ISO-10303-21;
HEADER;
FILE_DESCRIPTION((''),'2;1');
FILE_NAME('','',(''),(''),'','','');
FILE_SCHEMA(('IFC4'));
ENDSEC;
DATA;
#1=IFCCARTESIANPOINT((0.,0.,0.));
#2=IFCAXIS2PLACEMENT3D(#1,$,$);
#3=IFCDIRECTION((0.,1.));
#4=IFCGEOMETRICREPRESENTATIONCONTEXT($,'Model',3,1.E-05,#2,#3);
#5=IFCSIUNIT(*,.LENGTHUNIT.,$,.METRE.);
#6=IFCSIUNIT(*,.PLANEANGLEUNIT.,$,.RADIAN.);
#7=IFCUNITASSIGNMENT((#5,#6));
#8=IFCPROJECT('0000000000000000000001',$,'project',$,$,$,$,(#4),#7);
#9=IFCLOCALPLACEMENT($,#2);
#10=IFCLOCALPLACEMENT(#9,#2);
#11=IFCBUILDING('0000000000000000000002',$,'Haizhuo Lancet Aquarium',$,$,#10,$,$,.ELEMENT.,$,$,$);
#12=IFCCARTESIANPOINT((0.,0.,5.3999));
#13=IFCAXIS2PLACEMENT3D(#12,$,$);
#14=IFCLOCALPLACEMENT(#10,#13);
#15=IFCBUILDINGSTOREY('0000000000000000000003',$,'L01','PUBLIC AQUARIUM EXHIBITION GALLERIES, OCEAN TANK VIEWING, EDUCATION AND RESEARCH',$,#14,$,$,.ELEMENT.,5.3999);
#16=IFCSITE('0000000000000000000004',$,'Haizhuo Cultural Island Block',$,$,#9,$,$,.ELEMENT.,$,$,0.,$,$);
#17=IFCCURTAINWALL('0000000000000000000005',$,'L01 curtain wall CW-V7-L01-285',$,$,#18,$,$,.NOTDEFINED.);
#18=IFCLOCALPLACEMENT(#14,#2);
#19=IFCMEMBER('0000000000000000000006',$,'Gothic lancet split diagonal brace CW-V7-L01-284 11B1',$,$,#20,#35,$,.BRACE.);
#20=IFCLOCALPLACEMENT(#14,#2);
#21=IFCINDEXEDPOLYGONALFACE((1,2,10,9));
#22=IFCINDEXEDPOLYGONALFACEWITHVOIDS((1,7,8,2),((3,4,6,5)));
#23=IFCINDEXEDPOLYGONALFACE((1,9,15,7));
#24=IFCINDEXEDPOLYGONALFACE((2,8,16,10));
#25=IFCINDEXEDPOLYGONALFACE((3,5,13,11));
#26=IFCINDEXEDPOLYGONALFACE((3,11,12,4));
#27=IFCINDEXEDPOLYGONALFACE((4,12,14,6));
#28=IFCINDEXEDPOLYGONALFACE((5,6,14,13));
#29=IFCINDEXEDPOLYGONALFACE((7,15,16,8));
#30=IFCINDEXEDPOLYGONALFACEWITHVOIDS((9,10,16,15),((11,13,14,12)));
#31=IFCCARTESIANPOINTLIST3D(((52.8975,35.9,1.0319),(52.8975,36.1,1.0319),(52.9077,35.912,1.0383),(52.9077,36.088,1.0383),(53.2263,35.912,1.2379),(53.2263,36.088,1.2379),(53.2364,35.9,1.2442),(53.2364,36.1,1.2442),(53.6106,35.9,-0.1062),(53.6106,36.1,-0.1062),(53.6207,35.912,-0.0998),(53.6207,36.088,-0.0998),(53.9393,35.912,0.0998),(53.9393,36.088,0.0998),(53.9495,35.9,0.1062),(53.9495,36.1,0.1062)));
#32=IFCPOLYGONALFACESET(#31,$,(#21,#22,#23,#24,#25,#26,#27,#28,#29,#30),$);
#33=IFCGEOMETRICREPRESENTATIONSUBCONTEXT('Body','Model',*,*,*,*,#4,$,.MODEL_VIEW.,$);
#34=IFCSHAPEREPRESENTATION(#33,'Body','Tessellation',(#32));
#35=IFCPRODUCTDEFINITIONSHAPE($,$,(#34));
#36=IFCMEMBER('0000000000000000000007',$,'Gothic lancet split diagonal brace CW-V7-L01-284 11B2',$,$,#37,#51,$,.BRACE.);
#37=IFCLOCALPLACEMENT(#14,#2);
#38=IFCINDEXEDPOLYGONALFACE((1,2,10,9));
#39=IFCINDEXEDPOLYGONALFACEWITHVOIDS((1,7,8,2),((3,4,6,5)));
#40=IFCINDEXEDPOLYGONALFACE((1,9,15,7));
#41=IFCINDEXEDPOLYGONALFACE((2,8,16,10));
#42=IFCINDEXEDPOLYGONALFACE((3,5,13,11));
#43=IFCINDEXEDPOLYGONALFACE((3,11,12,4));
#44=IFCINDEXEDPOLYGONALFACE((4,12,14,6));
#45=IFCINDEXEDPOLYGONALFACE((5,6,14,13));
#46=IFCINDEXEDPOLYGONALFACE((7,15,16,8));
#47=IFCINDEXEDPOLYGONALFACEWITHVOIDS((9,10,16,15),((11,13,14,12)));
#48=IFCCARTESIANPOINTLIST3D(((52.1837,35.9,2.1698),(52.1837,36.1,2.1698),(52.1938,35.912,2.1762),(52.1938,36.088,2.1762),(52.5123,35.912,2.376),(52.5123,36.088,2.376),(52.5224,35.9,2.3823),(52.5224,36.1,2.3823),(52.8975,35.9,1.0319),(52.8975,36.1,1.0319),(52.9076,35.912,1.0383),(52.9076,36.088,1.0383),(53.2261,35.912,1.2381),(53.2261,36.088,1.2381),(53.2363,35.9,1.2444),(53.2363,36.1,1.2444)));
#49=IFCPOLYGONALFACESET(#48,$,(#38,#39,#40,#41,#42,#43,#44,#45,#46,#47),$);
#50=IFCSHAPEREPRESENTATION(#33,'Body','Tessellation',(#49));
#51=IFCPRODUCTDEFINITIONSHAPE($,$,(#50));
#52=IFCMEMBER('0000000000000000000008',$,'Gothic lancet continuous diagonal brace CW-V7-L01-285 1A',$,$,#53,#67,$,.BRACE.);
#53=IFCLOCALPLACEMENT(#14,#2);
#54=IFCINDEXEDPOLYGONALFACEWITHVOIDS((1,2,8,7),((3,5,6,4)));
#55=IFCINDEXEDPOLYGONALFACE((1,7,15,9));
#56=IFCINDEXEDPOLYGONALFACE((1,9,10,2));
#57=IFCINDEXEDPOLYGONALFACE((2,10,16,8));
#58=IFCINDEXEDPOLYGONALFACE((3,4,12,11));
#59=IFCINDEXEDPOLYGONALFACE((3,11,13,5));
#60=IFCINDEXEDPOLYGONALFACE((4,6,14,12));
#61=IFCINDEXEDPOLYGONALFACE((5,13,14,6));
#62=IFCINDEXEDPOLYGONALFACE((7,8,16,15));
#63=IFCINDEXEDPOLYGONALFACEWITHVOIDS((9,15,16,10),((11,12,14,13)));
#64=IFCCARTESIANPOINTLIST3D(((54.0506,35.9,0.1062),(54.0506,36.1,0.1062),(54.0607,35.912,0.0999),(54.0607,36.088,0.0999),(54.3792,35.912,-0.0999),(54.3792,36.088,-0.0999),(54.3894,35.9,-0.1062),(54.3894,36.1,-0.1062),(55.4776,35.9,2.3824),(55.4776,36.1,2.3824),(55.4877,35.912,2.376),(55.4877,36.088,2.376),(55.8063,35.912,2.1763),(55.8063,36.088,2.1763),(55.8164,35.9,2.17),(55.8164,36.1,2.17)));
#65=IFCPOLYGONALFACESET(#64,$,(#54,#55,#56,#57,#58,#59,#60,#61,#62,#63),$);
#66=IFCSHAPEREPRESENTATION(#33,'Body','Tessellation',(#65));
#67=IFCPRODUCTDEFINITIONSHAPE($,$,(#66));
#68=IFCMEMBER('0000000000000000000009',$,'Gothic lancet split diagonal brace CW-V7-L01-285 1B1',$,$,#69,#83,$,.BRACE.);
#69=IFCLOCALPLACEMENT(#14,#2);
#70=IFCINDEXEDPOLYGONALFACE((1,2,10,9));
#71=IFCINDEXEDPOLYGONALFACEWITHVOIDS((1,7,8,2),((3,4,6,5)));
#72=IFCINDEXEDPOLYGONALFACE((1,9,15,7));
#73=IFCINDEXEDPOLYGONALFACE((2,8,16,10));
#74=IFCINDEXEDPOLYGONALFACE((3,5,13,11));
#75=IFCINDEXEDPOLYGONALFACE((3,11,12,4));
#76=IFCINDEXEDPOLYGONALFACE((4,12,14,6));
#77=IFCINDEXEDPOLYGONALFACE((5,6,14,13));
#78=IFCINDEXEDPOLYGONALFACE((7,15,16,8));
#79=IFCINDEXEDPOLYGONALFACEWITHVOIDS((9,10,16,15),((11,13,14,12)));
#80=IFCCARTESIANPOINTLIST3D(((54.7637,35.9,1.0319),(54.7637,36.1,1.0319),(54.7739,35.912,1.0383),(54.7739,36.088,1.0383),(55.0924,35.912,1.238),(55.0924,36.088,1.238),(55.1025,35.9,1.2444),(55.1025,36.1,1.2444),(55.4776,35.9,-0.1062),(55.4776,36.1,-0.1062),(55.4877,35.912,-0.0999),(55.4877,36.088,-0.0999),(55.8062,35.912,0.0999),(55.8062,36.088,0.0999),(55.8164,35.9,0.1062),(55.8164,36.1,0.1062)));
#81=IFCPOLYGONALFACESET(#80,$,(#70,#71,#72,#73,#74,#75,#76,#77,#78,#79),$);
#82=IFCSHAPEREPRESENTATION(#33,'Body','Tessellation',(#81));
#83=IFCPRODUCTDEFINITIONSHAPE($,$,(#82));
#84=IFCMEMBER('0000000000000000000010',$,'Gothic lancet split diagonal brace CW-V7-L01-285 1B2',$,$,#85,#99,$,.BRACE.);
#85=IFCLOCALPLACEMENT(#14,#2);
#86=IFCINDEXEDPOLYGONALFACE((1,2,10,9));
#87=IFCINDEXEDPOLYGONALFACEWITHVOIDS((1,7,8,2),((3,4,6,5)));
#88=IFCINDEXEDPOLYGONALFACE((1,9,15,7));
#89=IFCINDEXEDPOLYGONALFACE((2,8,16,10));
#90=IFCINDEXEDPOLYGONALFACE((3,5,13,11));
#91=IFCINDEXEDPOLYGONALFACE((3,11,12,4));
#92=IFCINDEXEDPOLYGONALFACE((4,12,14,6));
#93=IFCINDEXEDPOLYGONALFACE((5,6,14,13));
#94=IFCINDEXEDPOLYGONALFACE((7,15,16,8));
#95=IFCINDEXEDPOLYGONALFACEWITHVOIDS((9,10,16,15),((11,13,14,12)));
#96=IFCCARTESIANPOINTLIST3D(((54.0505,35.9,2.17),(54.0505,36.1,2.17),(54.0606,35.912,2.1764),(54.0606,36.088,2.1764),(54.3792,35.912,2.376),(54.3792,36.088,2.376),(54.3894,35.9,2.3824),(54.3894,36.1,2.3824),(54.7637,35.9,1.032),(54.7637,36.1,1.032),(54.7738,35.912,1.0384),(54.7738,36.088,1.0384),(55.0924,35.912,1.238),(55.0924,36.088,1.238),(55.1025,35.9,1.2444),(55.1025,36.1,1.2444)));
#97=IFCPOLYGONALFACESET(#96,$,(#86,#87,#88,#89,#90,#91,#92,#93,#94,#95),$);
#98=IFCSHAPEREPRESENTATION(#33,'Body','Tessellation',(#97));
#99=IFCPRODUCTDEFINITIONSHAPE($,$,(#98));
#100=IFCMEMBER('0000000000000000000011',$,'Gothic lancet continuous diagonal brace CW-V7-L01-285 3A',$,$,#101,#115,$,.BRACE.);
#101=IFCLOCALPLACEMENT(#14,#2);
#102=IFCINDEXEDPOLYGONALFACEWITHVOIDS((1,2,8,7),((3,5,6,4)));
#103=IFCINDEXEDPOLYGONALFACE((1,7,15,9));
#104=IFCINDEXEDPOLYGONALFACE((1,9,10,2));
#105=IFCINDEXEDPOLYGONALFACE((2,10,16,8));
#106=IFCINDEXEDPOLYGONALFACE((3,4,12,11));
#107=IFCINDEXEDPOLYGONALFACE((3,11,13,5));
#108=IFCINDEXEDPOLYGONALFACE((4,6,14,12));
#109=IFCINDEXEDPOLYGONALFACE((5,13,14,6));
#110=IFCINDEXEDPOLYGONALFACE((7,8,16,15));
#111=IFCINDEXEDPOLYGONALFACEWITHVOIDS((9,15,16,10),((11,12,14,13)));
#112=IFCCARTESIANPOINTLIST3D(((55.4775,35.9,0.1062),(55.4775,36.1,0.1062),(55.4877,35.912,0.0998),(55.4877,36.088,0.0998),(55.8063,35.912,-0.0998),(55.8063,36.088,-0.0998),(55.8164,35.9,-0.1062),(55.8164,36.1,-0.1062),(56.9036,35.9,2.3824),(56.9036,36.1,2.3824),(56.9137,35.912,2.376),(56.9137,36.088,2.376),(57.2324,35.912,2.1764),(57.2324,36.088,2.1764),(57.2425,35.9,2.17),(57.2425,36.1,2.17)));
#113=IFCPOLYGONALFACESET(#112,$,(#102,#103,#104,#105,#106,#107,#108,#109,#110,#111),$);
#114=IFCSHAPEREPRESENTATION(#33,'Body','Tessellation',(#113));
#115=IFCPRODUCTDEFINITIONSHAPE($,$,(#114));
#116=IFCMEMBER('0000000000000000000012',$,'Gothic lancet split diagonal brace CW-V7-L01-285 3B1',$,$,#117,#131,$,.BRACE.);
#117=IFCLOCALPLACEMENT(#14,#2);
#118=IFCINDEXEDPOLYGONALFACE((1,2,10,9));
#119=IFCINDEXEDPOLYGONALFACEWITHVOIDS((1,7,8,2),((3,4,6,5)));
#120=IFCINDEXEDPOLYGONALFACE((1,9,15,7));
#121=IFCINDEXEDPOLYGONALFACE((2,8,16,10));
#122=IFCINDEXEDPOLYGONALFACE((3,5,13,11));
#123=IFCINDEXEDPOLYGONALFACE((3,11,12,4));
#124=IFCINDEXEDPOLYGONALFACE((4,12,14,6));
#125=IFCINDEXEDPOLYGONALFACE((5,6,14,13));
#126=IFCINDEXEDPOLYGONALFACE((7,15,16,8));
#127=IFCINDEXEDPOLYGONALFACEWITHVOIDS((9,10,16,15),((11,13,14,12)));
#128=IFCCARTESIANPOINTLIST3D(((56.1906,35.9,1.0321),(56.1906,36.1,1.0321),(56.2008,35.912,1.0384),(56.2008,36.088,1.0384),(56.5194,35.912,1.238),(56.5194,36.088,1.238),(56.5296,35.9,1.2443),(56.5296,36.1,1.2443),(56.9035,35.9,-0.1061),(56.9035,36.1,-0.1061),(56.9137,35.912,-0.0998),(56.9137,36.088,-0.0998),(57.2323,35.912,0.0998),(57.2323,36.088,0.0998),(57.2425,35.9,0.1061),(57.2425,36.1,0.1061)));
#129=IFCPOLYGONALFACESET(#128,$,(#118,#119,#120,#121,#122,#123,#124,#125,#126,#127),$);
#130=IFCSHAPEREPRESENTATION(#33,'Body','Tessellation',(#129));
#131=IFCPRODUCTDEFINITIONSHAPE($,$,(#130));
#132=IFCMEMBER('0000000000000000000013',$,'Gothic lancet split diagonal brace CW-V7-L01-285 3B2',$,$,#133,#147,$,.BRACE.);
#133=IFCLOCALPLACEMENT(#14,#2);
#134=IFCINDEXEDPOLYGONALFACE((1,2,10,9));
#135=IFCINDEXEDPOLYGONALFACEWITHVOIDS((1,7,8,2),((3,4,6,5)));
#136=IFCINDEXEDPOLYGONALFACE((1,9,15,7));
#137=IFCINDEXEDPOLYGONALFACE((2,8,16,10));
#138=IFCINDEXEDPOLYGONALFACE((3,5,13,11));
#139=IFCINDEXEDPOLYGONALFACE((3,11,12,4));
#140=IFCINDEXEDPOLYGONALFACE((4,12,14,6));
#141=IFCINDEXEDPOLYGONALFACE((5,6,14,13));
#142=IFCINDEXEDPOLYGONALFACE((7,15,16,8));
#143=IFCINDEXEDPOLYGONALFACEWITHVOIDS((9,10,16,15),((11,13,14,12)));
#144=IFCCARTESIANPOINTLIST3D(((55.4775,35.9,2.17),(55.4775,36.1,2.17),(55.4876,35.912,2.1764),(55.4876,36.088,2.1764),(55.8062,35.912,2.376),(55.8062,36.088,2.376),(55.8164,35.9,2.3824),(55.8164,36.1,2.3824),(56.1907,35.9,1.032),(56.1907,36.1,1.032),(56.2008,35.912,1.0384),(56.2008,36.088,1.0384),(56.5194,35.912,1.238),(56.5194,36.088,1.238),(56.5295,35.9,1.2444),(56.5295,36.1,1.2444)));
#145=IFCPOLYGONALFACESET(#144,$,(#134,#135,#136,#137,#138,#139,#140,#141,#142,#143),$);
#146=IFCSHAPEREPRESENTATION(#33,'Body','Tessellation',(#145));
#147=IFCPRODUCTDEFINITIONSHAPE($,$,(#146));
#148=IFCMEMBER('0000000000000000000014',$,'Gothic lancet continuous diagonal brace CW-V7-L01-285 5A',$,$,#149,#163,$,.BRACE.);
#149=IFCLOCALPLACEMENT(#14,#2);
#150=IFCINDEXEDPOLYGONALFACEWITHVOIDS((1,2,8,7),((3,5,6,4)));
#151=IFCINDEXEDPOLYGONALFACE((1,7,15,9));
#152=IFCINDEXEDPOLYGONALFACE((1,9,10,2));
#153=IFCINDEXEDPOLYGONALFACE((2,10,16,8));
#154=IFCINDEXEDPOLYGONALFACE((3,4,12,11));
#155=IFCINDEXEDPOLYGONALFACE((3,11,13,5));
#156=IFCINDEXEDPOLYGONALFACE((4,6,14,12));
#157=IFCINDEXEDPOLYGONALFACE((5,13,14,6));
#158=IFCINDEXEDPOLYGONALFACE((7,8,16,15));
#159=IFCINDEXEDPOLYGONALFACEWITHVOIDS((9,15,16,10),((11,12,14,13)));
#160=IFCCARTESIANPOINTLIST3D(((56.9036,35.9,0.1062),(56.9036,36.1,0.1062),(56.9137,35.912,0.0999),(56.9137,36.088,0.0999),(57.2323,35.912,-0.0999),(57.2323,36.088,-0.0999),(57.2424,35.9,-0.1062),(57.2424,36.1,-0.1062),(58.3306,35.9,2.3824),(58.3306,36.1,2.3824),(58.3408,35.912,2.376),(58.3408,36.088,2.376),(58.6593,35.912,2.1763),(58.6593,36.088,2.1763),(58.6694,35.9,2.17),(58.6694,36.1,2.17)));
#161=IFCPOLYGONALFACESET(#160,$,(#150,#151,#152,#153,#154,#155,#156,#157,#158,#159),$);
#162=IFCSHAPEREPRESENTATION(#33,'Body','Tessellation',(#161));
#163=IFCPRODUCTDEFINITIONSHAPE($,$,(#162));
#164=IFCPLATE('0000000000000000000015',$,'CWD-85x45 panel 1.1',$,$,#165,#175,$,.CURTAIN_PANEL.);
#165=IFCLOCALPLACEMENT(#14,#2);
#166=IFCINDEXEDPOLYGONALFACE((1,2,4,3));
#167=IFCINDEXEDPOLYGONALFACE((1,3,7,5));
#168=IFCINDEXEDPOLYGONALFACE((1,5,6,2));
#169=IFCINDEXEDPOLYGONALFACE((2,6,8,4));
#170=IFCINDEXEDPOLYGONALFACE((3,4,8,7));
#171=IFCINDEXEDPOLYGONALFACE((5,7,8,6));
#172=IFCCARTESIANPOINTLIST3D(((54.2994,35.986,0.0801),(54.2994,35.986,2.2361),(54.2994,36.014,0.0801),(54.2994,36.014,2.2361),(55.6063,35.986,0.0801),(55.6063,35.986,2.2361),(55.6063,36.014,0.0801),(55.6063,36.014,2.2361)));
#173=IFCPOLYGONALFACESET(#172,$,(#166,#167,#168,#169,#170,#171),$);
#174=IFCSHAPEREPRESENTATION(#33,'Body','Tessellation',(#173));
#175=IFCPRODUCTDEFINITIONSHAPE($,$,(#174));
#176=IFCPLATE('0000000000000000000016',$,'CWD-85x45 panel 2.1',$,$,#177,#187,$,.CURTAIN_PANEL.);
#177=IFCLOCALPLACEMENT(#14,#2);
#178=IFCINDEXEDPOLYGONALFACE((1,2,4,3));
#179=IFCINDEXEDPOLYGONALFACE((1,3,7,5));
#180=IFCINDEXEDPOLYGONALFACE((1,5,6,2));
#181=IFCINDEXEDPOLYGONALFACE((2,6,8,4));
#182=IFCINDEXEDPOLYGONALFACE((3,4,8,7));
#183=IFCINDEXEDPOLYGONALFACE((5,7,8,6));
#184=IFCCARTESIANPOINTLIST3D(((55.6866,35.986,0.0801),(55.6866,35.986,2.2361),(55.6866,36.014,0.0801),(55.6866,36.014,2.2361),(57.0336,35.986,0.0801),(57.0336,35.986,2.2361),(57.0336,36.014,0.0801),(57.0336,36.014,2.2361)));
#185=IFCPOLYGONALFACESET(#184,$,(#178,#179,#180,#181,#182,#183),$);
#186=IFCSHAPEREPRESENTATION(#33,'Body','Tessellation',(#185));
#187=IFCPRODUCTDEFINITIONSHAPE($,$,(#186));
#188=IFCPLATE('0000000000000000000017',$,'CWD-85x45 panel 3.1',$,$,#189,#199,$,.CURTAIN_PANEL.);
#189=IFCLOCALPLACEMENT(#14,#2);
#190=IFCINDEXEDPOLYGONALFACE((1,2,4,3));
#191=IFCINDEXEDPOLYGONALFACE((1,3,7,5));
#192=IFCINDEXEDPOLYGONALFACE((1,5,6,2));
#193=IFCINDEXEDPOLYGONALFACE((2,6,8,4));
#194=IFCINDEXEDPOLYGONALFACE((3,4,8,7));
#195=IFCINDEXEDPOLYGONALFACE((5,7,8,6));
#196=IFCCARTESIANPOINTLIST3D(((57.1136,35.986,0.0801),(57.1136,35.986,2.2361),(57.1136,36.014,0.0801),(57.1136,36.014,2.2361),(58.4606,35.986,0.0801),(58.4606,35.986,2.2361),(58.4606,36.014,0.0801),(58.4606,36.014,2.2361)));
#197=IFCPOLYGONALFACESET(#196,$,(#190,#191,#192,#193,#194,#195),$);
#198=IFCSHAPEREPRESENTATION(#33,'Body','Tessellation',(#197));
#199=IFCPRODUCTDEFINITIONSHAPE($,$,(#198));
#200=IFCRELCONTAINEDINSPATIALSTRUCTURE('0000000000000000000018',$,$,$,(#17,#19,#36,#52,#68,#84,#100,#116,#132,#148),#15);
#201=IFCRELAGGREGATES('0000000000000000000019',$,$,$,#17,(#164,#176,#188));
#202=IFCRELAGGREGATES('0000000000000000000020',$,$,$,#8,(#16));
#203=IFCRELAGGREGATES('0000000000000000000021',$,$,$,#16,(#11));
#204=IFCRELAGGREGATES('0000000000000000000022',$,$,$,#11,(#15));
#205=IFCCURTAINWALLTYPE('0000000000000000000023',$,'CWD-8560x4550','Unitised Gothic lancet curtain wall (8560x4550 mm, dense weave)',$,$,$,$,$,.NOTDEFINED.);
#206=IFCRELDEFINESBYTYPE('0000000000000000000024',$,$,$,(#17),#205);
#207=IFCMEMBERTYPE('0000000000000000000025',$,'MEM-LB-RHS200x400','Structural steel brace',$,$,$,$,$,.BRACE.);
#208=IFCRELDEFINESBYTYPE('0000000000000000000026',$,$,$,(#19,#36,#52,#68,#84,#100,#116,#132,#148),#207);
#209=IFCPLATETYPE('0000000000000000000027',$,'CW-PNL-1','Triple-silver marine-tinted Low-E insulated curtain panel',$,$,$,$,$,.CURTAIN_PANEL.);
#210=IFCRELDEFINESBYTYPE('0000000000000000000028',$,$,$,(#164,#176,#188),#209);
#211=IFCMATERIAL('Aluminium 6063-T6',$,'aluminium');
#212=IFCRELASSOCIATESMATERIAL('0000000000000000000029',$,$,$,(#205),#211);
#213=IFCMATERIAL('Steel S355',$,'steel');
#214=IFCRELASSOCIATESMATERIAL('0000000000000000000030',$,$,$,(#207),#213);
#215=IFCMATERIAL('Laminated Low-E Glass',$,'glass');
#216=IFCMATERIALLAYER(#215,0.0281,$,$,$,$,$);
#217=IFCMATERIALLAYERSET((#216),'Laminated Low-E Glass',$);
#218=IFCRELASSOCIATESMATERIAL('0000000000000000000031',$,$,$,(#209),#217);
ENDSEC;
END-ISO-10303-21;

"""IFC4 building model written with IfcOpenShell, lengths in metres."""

from ifc_helpers import new_model, si_unit, direction, frame, origin, origin_2d, place, context, subcontext, project, spatial, rectangle, hollow_rectangle, extrude, material, layer, layer_set, material_profile, profile_set, type_object, element, aggregate, save


model = new_model("IFC4")

# Units and contexts
model_context = context("Model", 3, precision=1e-05, world=origin(), true_north=direction((0.0, 1.0)))
body_context = subcontext(model_context, "Body", "Model", "MODEL_VIEW")
ifc_project = project(units=[si_unit("LENGTHUNIT", "METRE"), si_unit("PLANEANGLEUNIT", "RADIAN")], contexts=[model_context])

# Site, building, storey
site_placement = place(None, origin())
site = spatial("IfcSite", under=ifc_project, at=site_placement, Name="Haizhuo Cultural Island Block", CompositionType="ELEMENT", RefElevation=0.0)
building_placement = place(site_placement, origin())
building = spatial("IfcBuilding", under=site, at=building_placement, Name="Haizhuo Lancet Aquarium", CompositionType="ELEMENT")
storey_placement = place(building_placement, frame((0.0, 0.0, 5.3999)))
storey = spatial("IfcBuildingStorey", under=building, at=storey_placement, Name="L01", Description="PUBLIC AQUARIUM EXHIBITION GALLERIES, OCEAN TANK VIEWING, EDUCATION AND RESEARCH", CompositionType="ELEMENT", Elevation=5.3999)

# Shared definitions
ifc_material_1 = material(Name="Steel S355", Category="steel")

# Shared definitions
ifc_material_2 = material(Name="Aluminium 6063-T6", Category="aluminium")
curtain_wall_type = type_object("IfcCurtainWallType", Name="CWD-8560x4550", Description="Unitised Gothic lancet curtain wall (8560x4550 mm, dense weave)", PredefinedType="NOTDEFINED", material=ifc_material_2)

# Curtain wall
curtain_wall_1_placement = place(storey_placement, origin())
curtain_wall_1 = element("IfcCurtainWall", 1, at=curtain_wall_1_placement, inside=storey, type_object=curtain_wall_type, Name="L01 curtain wall CW-V7-L01-285", PredefinedType="NOTDEFINED")

# Members
ifc_material_profile_1 = material_profile(ifc_material_1, hollow_rectangle(XDim=0.2, YDim=0.3999, WallThickness=0.012, at=origin_2d()), Name="RHS 200x400x12")
ifc_profile_set_1 = profile_set([ifc_material_profile_1], Name="Steel S355")
member_type_1 = type_object("IfcMemberType", Name="MEM-LB-RHS200x400", Description="Structural steel brace", PredefinedType="BRACE", material=ifc_profile_set_1)
member_1_placement = place(storey_placement, frame((53.78, 36.0, 0.0), z_axis=(-0.530946, 0.0, 0.847405), x_axis=(0.0, -1.0, 0.0)))
element("IfcMember", 2, at=member_1_placement, inside=storey, type_object=member_type_1, Name="Gothic lancet split diagonal brace CW-V7-L01-284 11B1", PredefinedType="BRACE", context=body_context, shape_type="SweptSolid", body=[
    extrude(hollow_rectangle(XDim=0.2, YDim=0.3999, WallThickness=0.012, at=origin_2d()), origin(), (0.0, 0.0, 1.0), 1.343),
])
member_2_placement = place(storey_placement, frame((53.0669, 36.0, 1.1382), z_axis=(-0.531419, 0.0, 0.847109), x_axis=(0.0, -1.0, 0.0)))
element("IfcMember", 3, at=member_2_placement, inside=storey, type_object=member_type_1, Name="Gothic lancet split diagonal brace CW-V7-L01-284 11B2", PredefinedType="BRACE", context=body_context, shape_type="SweptSolid", body=[
    extrude(hollow_rectangle(XDim=0.2, YDim=0.3999, WallThickness=0.012, at=origin_2d()), origin(), (0.0, 0.0, 1.0), 1.3433),
])
member_3_placement = place(storey_placement, frame((54.22, 36.0, 0.0), z_axis=(0.531183, 0.0, 0.847257), x_axis=(0.0, 1.0, 0.0)))
element("IfcMember", 4, at=member_3_placement, inside=storey, type_object=member_type_1, Name="Gothic lancet continuous diagonal brace CW-V7-L01-285 1A", PredefinedType="BRACE", context=body_context, shape_type="SweptSolid", body=[
    extrude(hollow_rectangle(XDim=0.2, YDim=0.3999, WallThickness=0.012, at=origin_2d()), origin(), (0.0, 0.0, 1.0), 2.6865),
])
member_4_placement = place(storey_placement, frame((55.647, 36.0, 0.0), z_axis=(-0.531338, 0.0, 0.84716), x_axis=(0.0, -1.0, 0.0)))
element("IfcMember", 5, at=member_4_placement, inside=storey, type_object=member_type_1, Name="Gothic lancet split diagonal brace CW-V7-L01-285 1B1", PredefinedType="BRACE", context=body_context, shape_type="SweptSolid", body=[
    extrude(hollow_rectangle(XDim=0.2, YDim=0.3999, WallThickness=0.012, at=origin_2d()), origin(), (0.0, 0.0, 1.0), 1.3435),
])
member_5_placement = place(storey_placement, frame((54.9331, 36.0, 1.1382), z_axis=(-0.531028, 0.0, 0.847354), x_axis=(0.0, -1.0, 0.0)))
element("IfcMember", 6, at=member_5_placement, inside=storey, type_object=member_type_1, Name="Gothic lancet split diagonal brace CW-V7-L01-285 1B2", PredefinedType="BRACE", context=body_context, shape_type="SweptSolid", body=[
    extrude(hollow_rectangle(XDim=0.2, YDim=0.3999, WallThickness=0.012, at=origin_2d()), origin(), (0.0, 0.0, 1.0), 1.343),
])
member_6_placement = place(storey_placement, frame((55.647, 36.0, 0.0), z_axis=(0.530922, 0.0, 0.847421), x_axis=(0.0, 1.0, 0.0)))
element("IfcMember", 7, at=member_6_placement, inside=storey, type_object=member_type_1, Name="Gothic lancet continuous diagonal brace CW-V7-L01-285 3A", PredefinedType="BRACE", context=body_context, shape_type="SweptSolid", body=[
    extrude(hollow_rectangle(XDim=0.2, YDim=0.3999, WallThickness=0.012, at=origin_2d()), origin(), (0.0, 0.0, 1.0), 2.686),
])
for number, where, z_axis, x_axis, name in (
    (8, (57.073, 36.0, 0.0), (-0.530816, 0.0, 0.847487), (0.0, -1.0, 0.0), "Gothic lancet split diagonal brace CW-V7-L01-285 3B1"),
    (9, (56.3601, 36.0, 1.1382), (-0.531028, 0.0, 0.847354), (0.0, -1.0, 0.0), "Gothic lancet split diagonal brace CW-V7-L01-285 3B2"),
):
    element("IfcMember", number, at=place(storey_placement, frame(where, z_axis=z_axis, x_axis=x_axis)), inside=storey, type_object=member_type_1, Name=name, PredefinedType="BRACE", context=body_context, shape_type="SweptSolid", body=[
        extrude(hollow_rectangle(XDim=0.2, YDim=0.3999, WallThickness=0.012, at=origin_2d()), origin(), (0.0, 0.0, 1.0), 1.343),
    ])
member_7_placement = place(storey_placement, frame((57.073, 36.0, 0.0), z_axis=(0.531183, 0.0, 0.847257), x_axis=(0.0, 1.0, 0.0)))
element("IfcMember", 10, at=member_7_placement, inside=storey, type_object=member_type_1, Name="Gothic lancet continuous diagonal brace CW-V7-L01-285 5A", PredefinedType="BRACE", context=body_context, shape_type="SweptSolid", body=[
    extrude(hollow_rectangle(XDim=0.2, YDim=0.3999, WallThickness=0.012, at=origin_2d()), origin(), (0.0, 0.0, 1.0), 2.6865),
])

# Plates
ifc_material_3 = material(Name="Laminated Low-E Glass", Category="glass")
ifc_layer_1 = layer(ifc_material_3, 0.0281)
ifc_layer_set_1 = layer_set([ifc_layer_1], Name="Laminated Low-E Glass")
plate_type_1 = type_object("IfcPlateType", Name="CW-PNL-1", Description="Triple-silver marine-tinted Low-E insulated curtain panel", PredefinedType="CURTAIN_PANEL", material=ifc_layer_set_1)
plate_1_placement = place(storey_placement, frame((54.9529, 36.0, 0.0801), z_axis=(0.0, 0.0, 1.0), x_axis=(1.0, 0.0, 0.0)))
plate_1 = element("IfcPlate", 11, at=plate_1_placement, type_object=plate_type_1, Name="CWD-85x45 panel 1.1", PredefinedType="CURTAIN_PANEL", context=body_context, shape_type="SweptSolid", body=[
    extrude(rectangle(XDim=1.3069, YDim=0.0281, at=origin_2d()), origin(), (0.0, 0.0, 1.0), 2.156),
])
plate_2_placement = place(storey_placement, frame((56.3601, 36.0, 0.0801), z_axis=(0.0, 0.0, 1.0), x_axis=(1.0, 0.0, 0.0)))
plate_2 = element("IfcPlate", 12, at=plate_2_placement, type_object=plate_type_1, Name="CWD-85x45 panel 2.1", PredefinedType="CURTAIN_PANEL", context=body_context, shape_type="SweptSolid", body=[
    extrude(rectangle(XDim=1.3469, YDim=0.0281, at=origin_2d()), origin(), (0.0, 0.0, 1.0), 2.156),
])
plate_3_placement = place(storey_placement, frame((57.7871, 36.0, 0.0801), z_axis=(0.0, 0.0, 1.0), x_axis=(1.0, 0.0, 0.0)))
plate_3 = element("IfcPlate", 13, at=plate_3_placement, type_object=plate_type_1, Name="CWD-85x45 panel 3.1", PredefinedType="CURTAIN_PANEL", context=body_context, shape_type="SweptSolid", body=[
    extrude(rectangle(XDim=1.3469, YDim=0.0281, at=origin_2d()), origin(), (0.0, 0.0, 1.0), 2.156),
])
aggregate(curtain_wall_1, [plate_1, plate_2, plate_3])

save(model, "model.ifc")
